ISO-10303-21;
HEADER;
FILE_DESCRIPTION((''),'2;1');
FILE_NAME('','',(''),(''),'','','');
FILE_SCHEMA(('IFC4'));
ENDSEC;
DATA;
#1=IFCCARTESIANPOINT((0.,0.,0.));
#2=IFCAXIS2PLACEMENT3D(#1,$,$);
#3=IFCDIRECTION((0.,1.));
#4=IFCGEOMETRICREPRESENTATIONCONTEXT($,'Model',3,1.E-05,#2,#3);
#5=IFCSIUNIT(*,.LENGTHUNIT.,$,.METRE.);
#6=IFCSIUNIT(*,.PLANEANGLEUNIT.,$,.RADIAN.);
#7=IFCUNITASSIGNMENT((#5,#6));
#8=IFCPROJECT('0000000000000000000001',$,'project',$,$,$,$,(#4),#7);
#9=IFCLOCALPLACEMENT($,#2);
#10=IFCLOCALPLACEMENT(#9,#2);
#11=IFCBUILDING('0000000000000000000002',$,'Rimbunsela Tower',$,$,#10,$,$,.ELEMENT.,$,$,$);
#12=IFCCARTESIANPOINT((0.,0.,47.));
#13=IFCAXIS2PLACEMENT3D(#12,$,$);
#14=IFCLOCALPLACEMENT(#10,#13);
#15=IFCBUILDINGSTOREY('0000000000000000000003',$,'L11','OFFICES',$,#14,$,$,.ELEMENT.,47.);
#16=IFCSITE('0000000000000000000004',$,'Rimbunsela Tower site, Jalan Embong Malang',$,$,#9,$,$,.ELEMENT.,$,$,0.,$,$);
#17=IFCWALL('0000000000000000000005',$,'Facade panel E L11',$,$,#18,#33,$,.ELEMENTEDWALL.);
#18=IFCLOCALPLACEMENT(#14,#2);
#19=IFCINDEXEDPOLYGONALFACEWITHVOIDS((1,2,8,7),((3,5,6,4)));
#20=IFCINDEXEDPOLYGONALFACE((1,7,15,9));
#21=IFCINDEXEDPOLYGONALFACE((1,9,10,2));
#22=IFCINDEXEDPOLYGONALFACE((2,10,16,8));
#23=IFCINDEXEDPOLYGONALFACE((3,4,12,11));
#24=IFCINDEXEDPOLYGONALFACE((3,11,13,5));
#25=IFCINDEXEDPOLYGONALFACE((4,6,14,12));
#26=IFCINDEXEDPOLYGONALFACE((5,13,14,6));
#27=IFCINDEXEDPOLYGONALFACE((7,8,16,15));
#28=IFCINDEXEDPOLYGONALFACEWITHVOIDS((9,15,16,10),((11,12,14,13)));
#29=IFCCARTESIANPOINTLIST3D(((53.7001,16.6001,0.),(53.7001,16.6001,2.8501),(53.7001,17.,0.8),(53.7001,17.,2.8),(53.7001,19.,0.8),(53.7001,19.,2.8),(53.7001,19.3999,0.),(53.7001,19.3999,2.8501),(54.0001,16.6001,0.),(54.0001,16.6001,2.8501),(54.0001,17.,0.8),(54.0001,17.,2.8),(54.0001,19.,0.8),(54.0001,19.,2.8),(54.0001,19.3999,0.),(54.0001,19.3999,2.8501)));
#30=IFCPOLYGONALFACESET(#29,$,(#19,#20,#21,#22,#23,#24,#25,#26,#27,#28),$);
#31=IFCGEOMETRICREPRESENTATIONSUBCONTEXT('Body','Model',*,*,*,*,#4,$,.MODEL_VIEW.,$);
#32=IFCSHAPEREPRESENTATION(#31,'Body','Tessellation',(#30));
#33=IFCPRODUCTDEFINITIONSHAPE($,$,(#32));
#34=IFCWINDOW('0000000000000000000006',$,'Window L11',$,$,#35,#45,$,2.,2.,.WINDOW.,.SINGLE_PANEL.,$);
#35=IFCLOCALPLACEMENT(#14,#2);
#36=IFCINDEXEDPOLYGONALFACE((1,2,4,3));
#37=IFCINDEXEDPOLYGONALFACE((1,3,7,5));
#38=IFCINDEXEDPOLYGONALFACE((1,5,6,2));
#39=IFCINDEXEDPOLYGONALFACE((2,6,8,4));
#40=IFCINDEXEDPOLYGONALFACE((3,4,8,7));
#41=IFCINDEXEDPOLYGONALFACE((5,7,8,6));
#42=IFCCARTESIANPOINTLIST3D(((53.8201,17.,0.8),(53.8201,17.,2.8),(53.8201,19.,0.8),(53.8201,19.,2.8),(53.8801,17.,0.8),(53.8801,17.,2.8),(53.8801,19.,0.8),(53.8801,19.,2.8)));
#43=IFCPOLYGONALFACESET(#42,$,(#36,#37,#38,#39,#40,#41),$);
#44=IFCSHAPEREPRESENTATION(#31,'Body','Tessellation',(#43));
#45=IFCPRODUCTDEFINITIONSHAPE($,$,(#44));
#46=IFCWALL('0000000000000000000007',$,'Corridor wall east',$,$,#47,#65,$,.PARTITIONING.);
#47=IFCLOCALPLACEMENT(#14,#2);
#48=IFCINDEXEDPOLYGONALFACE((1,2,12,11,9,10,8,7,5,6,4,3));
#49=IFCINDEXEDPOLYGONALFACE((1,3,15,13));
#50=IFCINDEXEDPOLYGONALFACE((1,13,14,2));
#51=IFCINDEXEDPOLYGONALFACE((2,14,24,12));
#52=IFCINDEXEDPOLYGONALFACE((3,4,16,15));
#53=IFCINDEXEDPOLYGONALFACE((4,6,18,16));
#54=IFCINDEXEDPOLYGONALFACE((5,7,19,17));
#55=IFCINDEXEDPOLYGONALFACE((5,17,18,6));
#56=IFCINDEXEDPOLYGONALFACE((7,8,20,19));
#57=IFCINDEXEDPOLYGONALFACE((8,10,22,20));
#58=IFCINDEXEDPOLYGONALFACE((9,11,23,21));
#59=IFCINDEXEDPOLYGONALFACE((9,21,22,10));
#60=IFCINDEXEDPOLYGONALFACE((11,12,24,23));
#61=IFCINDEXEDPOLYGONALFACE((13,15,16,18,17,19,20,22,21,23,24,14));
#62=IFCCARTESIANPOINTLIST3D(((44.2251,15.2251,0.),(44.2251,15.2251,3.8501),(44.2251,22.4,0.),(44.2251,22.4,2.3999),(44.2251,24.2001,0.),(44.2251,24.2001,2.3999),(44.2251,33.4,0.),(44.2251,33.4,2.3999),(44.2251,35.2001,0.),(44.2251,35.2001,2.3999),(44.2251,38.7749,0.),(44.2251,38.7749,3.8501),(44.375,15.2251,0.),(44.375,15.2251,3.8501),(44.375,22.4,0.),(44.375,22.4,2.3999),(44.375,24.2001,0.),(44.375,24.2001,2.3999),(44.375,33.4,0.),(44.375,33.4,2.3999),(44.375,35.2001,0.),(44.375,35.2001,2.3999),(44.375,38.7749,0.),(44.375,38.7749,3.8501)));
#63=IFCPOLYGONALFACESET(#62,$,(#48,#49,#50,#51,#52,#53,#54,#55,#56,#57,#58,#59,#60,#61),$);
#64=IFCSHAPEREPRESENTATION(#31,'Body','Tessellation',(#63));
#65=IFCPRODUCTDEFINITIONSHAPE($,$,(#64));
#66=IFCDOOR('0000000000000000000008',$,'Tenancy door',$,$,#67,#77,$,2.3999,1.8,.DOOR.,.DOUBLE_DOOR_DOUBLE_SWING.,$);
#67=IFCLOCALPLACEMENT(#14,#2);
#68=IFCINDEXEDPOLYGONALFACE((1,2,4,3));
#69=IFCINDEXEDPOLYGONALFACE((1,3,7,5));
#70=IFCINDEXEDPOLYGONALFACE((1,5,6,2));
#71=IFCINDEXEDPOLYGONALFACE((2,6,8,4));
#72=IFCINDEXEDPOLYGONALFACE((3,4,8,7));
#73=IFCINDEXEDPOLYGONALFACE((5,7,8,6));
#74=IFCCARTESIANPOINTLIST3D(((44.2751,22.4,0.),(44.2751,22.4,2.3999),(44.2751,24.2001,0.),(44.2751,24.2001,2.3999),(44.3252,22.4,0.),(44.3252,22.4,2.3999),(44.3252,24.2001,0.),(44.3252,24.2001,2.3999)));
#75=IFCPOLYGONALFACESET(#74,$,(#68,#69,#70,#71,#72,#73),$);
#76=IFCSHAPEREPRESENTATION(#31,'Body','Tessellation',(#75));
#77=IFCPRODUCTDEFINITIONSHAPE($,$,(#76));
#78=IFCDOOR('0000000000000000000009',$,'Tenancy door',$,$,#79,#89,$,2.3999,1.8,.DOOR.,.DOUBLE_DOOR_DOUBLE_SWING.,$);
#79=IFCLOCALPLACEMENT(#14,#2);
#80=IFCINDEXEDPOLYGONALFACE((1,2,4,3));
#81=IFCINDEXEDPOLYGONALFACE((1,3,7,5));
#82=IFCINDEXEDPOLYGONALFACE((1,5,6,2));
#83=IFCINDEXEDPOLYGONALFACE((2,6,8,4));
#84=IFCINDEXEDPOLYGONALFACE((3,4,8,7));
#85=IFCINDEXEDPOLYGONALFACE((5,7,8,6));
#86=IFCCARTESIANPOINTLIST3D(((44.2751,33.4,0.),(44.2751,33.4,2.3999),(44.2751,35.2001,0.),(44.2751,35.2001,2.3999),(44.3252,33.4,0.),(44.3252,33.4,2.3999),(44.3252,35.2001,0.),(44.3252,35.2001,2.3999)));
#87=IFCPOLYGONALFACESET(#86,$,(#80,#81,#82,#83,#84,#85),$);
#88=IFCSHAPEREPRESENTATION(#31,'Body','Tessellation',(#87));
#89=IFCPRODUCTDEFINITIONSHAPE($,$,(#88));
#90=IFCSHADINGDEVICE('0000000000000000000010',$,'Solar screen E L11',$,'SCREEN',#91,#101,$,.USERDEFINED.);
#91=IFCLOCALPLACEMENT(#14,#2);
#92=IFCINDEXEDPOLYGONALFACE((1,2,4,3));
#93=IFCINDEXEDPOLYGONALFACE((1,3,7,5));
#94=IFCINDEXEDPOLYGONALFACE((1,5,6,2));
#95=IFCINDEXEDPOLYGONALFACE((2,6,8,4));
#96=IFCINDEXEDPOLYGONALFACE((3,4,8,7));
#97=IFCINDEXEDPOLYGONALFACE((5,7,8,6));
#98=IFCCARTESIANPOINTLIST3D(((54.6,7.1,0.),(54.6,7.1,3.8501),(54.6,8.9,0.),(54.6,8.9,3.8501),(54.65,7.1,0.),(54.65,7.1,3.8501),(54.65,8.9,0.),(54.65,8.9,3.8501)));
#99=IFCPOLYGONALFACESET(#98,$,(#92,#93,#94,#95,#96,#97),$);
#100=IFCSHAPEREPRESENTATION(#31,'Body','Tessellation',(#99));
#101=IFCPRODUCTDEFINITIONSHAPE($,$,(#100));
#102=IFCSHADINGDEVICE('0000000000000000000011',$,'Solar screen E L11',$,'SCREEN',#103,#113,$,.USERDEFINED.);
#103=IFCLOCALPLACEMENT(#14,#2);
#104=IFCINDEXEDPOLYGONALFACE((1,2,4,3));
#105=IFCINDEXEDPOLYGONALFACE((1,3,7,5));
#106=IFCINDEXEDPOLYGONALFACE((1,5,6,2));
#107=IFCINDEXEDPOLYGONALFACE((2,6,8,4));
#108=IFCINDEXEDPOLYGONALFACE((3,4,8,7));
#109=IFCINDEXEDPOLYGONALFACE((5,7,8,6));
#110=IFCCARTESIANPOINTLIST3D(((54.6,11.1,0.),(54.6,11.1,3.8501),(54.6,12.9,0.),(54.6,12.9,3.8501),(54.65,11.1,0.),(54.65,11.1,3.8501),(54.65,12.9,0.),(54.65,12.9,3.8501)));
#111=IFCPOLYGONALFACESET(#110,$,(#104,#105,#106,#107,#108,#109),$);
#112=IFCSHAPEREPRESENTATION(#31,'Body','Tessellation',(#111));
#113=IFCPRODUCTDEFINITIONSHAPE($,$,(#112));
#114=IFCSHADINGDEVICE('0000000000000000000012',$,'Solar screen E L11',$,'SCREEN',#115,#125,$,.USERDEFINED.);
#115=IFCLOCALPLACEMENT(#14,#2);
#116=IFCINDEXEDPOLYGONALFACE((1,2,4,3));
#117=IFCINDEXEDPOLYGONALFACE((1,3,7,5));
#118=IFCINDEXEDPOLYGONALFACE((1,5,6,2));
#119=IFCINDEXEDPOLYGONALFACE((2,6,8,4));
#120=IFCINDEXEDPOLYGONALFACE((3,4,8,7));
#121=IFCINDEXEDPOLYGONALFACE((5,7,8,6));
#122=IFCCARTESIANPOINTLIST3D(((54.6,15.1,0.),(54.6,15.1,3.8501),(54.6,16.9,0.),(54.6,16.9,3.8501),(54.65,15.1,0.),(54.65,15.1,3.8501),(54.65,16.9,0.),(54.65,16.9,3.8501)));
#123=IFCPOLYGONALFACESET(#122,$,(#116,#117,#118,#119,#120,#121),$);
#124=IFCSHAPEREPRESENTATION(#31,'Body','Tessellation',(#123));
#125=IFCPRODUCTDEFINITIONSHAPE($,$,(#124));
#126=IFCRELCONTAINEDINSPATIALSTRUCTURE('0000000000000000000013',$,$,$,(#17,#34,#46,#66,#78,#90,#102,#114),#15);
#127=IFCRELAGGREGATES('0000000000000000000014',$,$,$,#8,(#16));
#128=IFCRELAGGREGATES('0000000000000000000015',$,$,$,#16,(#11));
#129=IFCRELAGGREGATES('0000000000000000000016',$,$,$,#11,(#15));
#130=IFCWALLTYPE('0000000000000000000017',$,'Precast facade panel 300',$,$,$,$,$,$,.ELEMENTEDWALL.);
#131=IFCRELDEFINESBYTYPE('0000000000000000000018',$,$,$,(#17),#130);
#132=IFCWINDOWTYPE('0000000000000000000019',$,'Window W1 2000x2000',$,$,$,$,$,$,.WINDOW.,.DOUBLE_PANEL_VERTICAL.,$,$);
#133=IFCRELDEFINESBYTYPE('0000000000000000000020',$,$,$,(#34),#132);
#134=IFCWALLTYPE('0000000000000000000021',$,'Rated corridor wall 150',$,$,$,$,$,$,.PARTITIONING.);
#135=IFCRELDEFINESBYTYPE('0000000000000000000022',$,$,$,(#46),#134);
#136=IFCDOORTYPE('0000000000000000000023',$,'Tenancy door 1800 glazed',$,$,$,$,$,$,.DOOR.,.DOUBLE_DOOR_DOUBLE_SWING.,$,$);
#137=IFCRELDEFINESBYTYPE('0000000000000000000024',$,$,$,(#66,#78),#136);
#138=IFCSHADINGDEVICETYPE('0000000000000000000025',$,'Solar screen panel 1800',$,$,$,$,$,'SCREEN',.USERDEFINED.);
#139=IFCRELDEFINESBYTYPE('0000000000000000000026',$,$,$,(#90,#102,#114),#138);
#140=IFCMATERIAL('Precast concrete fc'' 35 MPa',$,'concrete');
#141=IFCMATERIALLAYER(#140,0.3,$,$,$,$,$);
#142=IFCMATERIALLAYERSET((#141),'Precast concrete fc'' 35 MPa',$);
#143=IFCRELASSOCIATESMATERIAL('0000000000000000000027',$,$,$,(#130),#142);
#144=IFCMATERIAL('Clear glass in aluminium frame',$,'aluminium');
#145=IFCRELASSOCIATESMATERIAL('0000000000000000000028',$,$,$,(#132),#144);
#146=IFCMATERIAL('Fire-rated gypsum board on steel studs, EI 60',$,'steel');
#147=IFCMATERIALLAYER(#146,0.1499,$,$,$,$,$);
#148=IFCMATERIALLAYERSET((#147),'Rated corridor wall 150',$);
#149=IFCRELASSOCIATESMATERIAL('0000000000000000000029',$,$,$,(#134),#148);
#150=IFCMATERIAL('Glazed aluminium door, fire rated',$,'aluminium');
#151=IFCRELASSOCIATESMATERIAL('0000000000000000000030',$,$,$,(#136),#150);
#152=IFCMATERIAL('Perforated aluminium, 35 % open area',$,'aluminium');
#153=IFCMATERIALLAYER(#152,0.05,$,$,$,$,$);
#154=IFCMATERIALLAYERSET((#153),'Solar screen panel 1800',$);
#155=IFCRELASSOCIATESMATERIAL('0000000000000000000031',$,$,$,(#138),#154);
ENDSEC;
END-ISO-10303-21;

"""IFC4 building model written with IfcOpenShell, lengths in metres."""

from ifc_helpers import new_model, si_unit, direction, frame, frame_2d, origin, origin_2d, place, context, subcontext, project, spatial, rectangle, extrude, material, layer, layer_set, type_object, element, fill, save


model = new_model("IFC4")

# Units and contexts
model_context = context("Model", 3, precision=1e-05, world=origin(), true_north=direction((0.0, 1.0)))
body_context = subcontext(model_context, "Body", "Model", "MODEL_VIEW")
ifc_project = project(units=[si_unit("LENGTHUNIT", "METRE"), si_unit("PLANEANGLEUNIT", "RADIAN")], contexts=[model_context])

# Site, building, storey
site_placement = place(None, origin())
site = spatial("IfcSite", under=ifc_project, at=site_placement, Name="Rimbunsela Tower site, Jalan Embong Malang", CompositionType="ELEMENT", RefElevation=0.0)
building_placement = place(site_placement, origin())
building = spatial("IfcBuilding", under=site, at=building_placement, Name="Rimbunsela Tower", CompositionType="ELEMENT")
storey_placement = place(building_placement, frame((0.0, 0.0, 47.0)))
storey = spatial("IfcBuildingStorey", under=building, at=storey_placement, Name="L11", Description="OFFICES", CompositionType="ELEMENT", Elevation=47.0)

# Wall, opening, window
ifc_material_1 = material(Name="Precast concrete fc' 35 MPa", Category="concrete")
ifc_layer_1 = layer(ifc_material_1, 0.3)
ifc_layer_set_1 = layer_set([ifc_layer_1], Name="Precast concrete fc' 35 MPa")
wall_type_1 = type_object("IfcWallType", Name="Precast facade panel 300", PredefinedType="ELEMENTEDWALL", material=ifc_layer_set_1)
ifc_material_2 = material(Name="Clear glass in aluminium frame", Category="aluminium")
window_type = type_object("IfcWindowType", Name="Window W1 2000x2000", PartitioningType="DOUBLE_PANEL_VERTICAL", PredefinedType="WINDOW", material=ifc_material_2)
wall_1_placement = place(storey_placement, frame((53.8501, 16.6001, 0.0), z_axis=(0.0, 0.0, 1.0), x_axis=(0.0, 1.0, 0.0)))
wall_1 = element("IfcWall", 1, at=wall_1_placement, inside=storey, type_object=wall_type_1, Name="Facade panel E L11", PredefinedType="ELEMENTEDWALL", context=body_context, shape_type="SweptSolid", body=[
    extrude(rectangle(XDim=2.7998, YDim=0.3, at=frame_2d((1.3999, 0.0))), origin(), (0.0, 0.0, 1.0), 2.8501),
])
opening_1_placement = place(wall_1_placement, frame((0.3999, 0.0, 0.8)))
opening_1 = element("IfcOpeningElement", 2, at=opening_1_placement, cuts=wall_1, PredefinedType="OPENING", context=body_context, shape_type="SweptSolid", body=[
    extrude(rectangle(XDim=2.0, YDim=2.0, at=frame_2d((1.0, 1.0))), frame((0.0, 0.1599, 0.0), z_axis=(0.0, -1.0, 0.0), x_axis=(1.0, 0.0, 0.0)), (0.0, 0.0, 1.0), 0.3201),
])
window_1_placement = place(opening_1_placement, origin())
window_1 = element("IfcWindow", 3, at=window_1_placement, inside=storey, type_object=window_type, Name="Window L11", OverallHeight=2.0, OverallWidth=2.0, PartitioningType="SINGLE_PANEL", PredefinedType="WINDOW", context=body_context, shape_type="SweptSolid", body=[
    extrude(rectangle(XDim=2.0, YDim=2.0, at=frame_2d((1.0, 1.0))), frame((0.0, 0.03, 0.0), z_axis=(0.0, -1.0, 0.0), x_axis=(1.0, 0.0, 0.0)), (0.0, 0.0, 1.0), 0.0601),
])
fill(opening_1, window_1)

# Wall, openings, doors
ifc_material_3 = material(Name="Fire-rated gypsum board on steel studs, EI 60", Category="steel")
ifc_layer_2 = layer(ifc_material_3, 0.1499)
ifc_layer_set_2 = layer_set([ifc_layer_2], Name="Rated corridor wall 150")
wall_type_2 = type_object("IfcWallType", Name="Rated corridor wall 150", PredefinedType="PARTITIONING", material=ifc_layer_set_2)
wall_2_placement = place(storey_placement, frame((44.3, 15.2251, 0.0), z_axis=(0.0, 0.0, 1.0), x_axis=(0.0, 1.0, 0.0)))
wall_2 = element("IfcWall", 4, at=wall_2_placement, inside=storey, type_object=wall_type_2, Name="Corridor wall east", PredefinedType="PARTITIONING", context=body_context, shape_type="SweptSolid", body=[
    extrude(rectangle(XDim=23.5498, YDim=0.1499, at=frame_2d((11.7749, 0.0))), origin(), (0.0, 0.0, 1.0), 3.8501),
])
opening_2_placement = place(wall_2_placement, frame((7.175, 0.0, 0.0)))
opening_2 = element("IfcOpeningElement", 5, at=opening_2_placement, cuts=wall_2, PredefinedType="OPENING", context=body_context, shape_type="SweptSolid", body=[
    extrude(rectangle(XDim=1.8, YDim=2.3999, at=frame_2d((0.8999, 1.2))), frame((0.0, 0.085, 0.0), z_axis=(0.0, -1.0, 0.0), x_axis=(1.0, 0.0, 0.0)), (0.0, 0.0, 1.0), 0.1699),
])
opening_3_placement = place(wall_2_placement, frame((18.175, 0.0, 0.0)))
opening_3 = element("IfcOpeningElement", 6, at=opening_3_placement, cuts=wall_2, PredefinedType="OPENING", context=body_context, shape_type="SweptSolid", body=[
    extrude(rectangle(XDim=1.8, YDim=2.3999, at=frame_2d((0.8999, 1.2))), frame((0.0, 0.085, 0.0), z_axis=(0.0, -1.0, 0.0), x_axis=(1.0, 0.0, 0.0)), (0.0, 0.0, 1.0), 0.1699),
])
ifc_material_4 = material(Name="Glazed aluminium door, fire rated", Category="aluminium")
door_type = type_object("IfcDoorType", Name="Tenancy door 1800 glazed", OperationType="DOUBLE_DOOR_DOUBLE_SWING", PredefinedType="DOOR", material=ifc_material_4)
door_1_placement = place(opening_2_placement, origin())
door_1 = element("IfcDoor", 7, at=door_1_placement, inside=storey, type_object=door_type, Name="Tenancy door", OperationType="DOUBLE_DOOR_DOUBLE_SWING", OverallHeight=2.3999, OverallWidth=1.8, PredefinedType="DOOR", context=body_context, shape_type="SweptSolid", body=[
    extrude(rectangle(XDim=1.8, YDim=2.3999, at=frame_2d((0.8999, 1.2))), frame((0.0, 0.0249, 0.0), z_axis=(0.0, -1.0, 0.0), x_axis=(1.0, 0.0, 0.0)), (0.0, 0.0, 1.0), 0.05),
])
fill(opening_2, door_1)
door_2_placement = place(opening_3_placement, origin())
door_2 = element("IfcDoor", 8, at=door_2_placement, inside=storey, type_object=door_type, Name="Tenancy door", OperationType="DOUBLE_DOOR_DOUBLE_SWING", OverallHeight=2.3999, OverallWidth=1.8, PredefinedType="DOOR", context=body_context, shape_type="SweptSolid", body=[
    extrude(rectangle(XDim=1.8, YDim=2.3999, at=frame_2d((0.8999, 1.2))), frame((0.0, 0.0249, 0.0), z_axis=(0.0, -1.0, 0.0), x_axis=(1.0, 0.0, 0.0)), (0.0, 0.0, 1.0), 0.05),
])
fill(opening_3, door_2)

# Shading devices
ifc_material_5 = material(Name="Perforated aluminium, 35 % open area", Category="aluminium")
ifc_layer_3 = layer(ifc_material_5, 0.05)
ifc_layer_set_3 = layer_set([ifc_layer_3], Name="Solar screen panel 1800")
shading_device_type = type_object("IfcShadingDeviceType", Name="Solar screen panel 1800", ElementType="SCREEN", PredefinedType="USERDEFINED", material=ifc_layer_set_3)
for number, where, z_axis, x_axis, name in (
    (9, (54.625, 8.0, 0.0), (0.0, 0.0, 1.0), (0.0, 1.0, 0.0), "Solar screen E L11"),
    (10, (54.625, 12.0, 0.0), (0.0, 0.0, 1.0), (0.0, 1.0, 0.0), "Solar screen E L11"),
    (11, (54.625, 16.0, 0.0), (0.0, 0.0, 1.0), (0.0, 1.0, 0.0), "Solar screen E L11"),
):
    element("IfcShadingDevice", number, at=place(storey_placement, frame(where, z_axis=z_axis, x_axis=x_axis)), inside=storey, type_object=shading_device_type, Name=name, ObjectType="SCREEN", PredefinedType="USERDEFINED", context=body_context, shape_type="SweptSolid", body=[
        extrude(rectangle(XDim=1.8, YDim=0.05, at=origin_2d()), origin(), (0.0, 0.0, 1.0), 3.8501),
    ])

save(model, "model.ifc")
